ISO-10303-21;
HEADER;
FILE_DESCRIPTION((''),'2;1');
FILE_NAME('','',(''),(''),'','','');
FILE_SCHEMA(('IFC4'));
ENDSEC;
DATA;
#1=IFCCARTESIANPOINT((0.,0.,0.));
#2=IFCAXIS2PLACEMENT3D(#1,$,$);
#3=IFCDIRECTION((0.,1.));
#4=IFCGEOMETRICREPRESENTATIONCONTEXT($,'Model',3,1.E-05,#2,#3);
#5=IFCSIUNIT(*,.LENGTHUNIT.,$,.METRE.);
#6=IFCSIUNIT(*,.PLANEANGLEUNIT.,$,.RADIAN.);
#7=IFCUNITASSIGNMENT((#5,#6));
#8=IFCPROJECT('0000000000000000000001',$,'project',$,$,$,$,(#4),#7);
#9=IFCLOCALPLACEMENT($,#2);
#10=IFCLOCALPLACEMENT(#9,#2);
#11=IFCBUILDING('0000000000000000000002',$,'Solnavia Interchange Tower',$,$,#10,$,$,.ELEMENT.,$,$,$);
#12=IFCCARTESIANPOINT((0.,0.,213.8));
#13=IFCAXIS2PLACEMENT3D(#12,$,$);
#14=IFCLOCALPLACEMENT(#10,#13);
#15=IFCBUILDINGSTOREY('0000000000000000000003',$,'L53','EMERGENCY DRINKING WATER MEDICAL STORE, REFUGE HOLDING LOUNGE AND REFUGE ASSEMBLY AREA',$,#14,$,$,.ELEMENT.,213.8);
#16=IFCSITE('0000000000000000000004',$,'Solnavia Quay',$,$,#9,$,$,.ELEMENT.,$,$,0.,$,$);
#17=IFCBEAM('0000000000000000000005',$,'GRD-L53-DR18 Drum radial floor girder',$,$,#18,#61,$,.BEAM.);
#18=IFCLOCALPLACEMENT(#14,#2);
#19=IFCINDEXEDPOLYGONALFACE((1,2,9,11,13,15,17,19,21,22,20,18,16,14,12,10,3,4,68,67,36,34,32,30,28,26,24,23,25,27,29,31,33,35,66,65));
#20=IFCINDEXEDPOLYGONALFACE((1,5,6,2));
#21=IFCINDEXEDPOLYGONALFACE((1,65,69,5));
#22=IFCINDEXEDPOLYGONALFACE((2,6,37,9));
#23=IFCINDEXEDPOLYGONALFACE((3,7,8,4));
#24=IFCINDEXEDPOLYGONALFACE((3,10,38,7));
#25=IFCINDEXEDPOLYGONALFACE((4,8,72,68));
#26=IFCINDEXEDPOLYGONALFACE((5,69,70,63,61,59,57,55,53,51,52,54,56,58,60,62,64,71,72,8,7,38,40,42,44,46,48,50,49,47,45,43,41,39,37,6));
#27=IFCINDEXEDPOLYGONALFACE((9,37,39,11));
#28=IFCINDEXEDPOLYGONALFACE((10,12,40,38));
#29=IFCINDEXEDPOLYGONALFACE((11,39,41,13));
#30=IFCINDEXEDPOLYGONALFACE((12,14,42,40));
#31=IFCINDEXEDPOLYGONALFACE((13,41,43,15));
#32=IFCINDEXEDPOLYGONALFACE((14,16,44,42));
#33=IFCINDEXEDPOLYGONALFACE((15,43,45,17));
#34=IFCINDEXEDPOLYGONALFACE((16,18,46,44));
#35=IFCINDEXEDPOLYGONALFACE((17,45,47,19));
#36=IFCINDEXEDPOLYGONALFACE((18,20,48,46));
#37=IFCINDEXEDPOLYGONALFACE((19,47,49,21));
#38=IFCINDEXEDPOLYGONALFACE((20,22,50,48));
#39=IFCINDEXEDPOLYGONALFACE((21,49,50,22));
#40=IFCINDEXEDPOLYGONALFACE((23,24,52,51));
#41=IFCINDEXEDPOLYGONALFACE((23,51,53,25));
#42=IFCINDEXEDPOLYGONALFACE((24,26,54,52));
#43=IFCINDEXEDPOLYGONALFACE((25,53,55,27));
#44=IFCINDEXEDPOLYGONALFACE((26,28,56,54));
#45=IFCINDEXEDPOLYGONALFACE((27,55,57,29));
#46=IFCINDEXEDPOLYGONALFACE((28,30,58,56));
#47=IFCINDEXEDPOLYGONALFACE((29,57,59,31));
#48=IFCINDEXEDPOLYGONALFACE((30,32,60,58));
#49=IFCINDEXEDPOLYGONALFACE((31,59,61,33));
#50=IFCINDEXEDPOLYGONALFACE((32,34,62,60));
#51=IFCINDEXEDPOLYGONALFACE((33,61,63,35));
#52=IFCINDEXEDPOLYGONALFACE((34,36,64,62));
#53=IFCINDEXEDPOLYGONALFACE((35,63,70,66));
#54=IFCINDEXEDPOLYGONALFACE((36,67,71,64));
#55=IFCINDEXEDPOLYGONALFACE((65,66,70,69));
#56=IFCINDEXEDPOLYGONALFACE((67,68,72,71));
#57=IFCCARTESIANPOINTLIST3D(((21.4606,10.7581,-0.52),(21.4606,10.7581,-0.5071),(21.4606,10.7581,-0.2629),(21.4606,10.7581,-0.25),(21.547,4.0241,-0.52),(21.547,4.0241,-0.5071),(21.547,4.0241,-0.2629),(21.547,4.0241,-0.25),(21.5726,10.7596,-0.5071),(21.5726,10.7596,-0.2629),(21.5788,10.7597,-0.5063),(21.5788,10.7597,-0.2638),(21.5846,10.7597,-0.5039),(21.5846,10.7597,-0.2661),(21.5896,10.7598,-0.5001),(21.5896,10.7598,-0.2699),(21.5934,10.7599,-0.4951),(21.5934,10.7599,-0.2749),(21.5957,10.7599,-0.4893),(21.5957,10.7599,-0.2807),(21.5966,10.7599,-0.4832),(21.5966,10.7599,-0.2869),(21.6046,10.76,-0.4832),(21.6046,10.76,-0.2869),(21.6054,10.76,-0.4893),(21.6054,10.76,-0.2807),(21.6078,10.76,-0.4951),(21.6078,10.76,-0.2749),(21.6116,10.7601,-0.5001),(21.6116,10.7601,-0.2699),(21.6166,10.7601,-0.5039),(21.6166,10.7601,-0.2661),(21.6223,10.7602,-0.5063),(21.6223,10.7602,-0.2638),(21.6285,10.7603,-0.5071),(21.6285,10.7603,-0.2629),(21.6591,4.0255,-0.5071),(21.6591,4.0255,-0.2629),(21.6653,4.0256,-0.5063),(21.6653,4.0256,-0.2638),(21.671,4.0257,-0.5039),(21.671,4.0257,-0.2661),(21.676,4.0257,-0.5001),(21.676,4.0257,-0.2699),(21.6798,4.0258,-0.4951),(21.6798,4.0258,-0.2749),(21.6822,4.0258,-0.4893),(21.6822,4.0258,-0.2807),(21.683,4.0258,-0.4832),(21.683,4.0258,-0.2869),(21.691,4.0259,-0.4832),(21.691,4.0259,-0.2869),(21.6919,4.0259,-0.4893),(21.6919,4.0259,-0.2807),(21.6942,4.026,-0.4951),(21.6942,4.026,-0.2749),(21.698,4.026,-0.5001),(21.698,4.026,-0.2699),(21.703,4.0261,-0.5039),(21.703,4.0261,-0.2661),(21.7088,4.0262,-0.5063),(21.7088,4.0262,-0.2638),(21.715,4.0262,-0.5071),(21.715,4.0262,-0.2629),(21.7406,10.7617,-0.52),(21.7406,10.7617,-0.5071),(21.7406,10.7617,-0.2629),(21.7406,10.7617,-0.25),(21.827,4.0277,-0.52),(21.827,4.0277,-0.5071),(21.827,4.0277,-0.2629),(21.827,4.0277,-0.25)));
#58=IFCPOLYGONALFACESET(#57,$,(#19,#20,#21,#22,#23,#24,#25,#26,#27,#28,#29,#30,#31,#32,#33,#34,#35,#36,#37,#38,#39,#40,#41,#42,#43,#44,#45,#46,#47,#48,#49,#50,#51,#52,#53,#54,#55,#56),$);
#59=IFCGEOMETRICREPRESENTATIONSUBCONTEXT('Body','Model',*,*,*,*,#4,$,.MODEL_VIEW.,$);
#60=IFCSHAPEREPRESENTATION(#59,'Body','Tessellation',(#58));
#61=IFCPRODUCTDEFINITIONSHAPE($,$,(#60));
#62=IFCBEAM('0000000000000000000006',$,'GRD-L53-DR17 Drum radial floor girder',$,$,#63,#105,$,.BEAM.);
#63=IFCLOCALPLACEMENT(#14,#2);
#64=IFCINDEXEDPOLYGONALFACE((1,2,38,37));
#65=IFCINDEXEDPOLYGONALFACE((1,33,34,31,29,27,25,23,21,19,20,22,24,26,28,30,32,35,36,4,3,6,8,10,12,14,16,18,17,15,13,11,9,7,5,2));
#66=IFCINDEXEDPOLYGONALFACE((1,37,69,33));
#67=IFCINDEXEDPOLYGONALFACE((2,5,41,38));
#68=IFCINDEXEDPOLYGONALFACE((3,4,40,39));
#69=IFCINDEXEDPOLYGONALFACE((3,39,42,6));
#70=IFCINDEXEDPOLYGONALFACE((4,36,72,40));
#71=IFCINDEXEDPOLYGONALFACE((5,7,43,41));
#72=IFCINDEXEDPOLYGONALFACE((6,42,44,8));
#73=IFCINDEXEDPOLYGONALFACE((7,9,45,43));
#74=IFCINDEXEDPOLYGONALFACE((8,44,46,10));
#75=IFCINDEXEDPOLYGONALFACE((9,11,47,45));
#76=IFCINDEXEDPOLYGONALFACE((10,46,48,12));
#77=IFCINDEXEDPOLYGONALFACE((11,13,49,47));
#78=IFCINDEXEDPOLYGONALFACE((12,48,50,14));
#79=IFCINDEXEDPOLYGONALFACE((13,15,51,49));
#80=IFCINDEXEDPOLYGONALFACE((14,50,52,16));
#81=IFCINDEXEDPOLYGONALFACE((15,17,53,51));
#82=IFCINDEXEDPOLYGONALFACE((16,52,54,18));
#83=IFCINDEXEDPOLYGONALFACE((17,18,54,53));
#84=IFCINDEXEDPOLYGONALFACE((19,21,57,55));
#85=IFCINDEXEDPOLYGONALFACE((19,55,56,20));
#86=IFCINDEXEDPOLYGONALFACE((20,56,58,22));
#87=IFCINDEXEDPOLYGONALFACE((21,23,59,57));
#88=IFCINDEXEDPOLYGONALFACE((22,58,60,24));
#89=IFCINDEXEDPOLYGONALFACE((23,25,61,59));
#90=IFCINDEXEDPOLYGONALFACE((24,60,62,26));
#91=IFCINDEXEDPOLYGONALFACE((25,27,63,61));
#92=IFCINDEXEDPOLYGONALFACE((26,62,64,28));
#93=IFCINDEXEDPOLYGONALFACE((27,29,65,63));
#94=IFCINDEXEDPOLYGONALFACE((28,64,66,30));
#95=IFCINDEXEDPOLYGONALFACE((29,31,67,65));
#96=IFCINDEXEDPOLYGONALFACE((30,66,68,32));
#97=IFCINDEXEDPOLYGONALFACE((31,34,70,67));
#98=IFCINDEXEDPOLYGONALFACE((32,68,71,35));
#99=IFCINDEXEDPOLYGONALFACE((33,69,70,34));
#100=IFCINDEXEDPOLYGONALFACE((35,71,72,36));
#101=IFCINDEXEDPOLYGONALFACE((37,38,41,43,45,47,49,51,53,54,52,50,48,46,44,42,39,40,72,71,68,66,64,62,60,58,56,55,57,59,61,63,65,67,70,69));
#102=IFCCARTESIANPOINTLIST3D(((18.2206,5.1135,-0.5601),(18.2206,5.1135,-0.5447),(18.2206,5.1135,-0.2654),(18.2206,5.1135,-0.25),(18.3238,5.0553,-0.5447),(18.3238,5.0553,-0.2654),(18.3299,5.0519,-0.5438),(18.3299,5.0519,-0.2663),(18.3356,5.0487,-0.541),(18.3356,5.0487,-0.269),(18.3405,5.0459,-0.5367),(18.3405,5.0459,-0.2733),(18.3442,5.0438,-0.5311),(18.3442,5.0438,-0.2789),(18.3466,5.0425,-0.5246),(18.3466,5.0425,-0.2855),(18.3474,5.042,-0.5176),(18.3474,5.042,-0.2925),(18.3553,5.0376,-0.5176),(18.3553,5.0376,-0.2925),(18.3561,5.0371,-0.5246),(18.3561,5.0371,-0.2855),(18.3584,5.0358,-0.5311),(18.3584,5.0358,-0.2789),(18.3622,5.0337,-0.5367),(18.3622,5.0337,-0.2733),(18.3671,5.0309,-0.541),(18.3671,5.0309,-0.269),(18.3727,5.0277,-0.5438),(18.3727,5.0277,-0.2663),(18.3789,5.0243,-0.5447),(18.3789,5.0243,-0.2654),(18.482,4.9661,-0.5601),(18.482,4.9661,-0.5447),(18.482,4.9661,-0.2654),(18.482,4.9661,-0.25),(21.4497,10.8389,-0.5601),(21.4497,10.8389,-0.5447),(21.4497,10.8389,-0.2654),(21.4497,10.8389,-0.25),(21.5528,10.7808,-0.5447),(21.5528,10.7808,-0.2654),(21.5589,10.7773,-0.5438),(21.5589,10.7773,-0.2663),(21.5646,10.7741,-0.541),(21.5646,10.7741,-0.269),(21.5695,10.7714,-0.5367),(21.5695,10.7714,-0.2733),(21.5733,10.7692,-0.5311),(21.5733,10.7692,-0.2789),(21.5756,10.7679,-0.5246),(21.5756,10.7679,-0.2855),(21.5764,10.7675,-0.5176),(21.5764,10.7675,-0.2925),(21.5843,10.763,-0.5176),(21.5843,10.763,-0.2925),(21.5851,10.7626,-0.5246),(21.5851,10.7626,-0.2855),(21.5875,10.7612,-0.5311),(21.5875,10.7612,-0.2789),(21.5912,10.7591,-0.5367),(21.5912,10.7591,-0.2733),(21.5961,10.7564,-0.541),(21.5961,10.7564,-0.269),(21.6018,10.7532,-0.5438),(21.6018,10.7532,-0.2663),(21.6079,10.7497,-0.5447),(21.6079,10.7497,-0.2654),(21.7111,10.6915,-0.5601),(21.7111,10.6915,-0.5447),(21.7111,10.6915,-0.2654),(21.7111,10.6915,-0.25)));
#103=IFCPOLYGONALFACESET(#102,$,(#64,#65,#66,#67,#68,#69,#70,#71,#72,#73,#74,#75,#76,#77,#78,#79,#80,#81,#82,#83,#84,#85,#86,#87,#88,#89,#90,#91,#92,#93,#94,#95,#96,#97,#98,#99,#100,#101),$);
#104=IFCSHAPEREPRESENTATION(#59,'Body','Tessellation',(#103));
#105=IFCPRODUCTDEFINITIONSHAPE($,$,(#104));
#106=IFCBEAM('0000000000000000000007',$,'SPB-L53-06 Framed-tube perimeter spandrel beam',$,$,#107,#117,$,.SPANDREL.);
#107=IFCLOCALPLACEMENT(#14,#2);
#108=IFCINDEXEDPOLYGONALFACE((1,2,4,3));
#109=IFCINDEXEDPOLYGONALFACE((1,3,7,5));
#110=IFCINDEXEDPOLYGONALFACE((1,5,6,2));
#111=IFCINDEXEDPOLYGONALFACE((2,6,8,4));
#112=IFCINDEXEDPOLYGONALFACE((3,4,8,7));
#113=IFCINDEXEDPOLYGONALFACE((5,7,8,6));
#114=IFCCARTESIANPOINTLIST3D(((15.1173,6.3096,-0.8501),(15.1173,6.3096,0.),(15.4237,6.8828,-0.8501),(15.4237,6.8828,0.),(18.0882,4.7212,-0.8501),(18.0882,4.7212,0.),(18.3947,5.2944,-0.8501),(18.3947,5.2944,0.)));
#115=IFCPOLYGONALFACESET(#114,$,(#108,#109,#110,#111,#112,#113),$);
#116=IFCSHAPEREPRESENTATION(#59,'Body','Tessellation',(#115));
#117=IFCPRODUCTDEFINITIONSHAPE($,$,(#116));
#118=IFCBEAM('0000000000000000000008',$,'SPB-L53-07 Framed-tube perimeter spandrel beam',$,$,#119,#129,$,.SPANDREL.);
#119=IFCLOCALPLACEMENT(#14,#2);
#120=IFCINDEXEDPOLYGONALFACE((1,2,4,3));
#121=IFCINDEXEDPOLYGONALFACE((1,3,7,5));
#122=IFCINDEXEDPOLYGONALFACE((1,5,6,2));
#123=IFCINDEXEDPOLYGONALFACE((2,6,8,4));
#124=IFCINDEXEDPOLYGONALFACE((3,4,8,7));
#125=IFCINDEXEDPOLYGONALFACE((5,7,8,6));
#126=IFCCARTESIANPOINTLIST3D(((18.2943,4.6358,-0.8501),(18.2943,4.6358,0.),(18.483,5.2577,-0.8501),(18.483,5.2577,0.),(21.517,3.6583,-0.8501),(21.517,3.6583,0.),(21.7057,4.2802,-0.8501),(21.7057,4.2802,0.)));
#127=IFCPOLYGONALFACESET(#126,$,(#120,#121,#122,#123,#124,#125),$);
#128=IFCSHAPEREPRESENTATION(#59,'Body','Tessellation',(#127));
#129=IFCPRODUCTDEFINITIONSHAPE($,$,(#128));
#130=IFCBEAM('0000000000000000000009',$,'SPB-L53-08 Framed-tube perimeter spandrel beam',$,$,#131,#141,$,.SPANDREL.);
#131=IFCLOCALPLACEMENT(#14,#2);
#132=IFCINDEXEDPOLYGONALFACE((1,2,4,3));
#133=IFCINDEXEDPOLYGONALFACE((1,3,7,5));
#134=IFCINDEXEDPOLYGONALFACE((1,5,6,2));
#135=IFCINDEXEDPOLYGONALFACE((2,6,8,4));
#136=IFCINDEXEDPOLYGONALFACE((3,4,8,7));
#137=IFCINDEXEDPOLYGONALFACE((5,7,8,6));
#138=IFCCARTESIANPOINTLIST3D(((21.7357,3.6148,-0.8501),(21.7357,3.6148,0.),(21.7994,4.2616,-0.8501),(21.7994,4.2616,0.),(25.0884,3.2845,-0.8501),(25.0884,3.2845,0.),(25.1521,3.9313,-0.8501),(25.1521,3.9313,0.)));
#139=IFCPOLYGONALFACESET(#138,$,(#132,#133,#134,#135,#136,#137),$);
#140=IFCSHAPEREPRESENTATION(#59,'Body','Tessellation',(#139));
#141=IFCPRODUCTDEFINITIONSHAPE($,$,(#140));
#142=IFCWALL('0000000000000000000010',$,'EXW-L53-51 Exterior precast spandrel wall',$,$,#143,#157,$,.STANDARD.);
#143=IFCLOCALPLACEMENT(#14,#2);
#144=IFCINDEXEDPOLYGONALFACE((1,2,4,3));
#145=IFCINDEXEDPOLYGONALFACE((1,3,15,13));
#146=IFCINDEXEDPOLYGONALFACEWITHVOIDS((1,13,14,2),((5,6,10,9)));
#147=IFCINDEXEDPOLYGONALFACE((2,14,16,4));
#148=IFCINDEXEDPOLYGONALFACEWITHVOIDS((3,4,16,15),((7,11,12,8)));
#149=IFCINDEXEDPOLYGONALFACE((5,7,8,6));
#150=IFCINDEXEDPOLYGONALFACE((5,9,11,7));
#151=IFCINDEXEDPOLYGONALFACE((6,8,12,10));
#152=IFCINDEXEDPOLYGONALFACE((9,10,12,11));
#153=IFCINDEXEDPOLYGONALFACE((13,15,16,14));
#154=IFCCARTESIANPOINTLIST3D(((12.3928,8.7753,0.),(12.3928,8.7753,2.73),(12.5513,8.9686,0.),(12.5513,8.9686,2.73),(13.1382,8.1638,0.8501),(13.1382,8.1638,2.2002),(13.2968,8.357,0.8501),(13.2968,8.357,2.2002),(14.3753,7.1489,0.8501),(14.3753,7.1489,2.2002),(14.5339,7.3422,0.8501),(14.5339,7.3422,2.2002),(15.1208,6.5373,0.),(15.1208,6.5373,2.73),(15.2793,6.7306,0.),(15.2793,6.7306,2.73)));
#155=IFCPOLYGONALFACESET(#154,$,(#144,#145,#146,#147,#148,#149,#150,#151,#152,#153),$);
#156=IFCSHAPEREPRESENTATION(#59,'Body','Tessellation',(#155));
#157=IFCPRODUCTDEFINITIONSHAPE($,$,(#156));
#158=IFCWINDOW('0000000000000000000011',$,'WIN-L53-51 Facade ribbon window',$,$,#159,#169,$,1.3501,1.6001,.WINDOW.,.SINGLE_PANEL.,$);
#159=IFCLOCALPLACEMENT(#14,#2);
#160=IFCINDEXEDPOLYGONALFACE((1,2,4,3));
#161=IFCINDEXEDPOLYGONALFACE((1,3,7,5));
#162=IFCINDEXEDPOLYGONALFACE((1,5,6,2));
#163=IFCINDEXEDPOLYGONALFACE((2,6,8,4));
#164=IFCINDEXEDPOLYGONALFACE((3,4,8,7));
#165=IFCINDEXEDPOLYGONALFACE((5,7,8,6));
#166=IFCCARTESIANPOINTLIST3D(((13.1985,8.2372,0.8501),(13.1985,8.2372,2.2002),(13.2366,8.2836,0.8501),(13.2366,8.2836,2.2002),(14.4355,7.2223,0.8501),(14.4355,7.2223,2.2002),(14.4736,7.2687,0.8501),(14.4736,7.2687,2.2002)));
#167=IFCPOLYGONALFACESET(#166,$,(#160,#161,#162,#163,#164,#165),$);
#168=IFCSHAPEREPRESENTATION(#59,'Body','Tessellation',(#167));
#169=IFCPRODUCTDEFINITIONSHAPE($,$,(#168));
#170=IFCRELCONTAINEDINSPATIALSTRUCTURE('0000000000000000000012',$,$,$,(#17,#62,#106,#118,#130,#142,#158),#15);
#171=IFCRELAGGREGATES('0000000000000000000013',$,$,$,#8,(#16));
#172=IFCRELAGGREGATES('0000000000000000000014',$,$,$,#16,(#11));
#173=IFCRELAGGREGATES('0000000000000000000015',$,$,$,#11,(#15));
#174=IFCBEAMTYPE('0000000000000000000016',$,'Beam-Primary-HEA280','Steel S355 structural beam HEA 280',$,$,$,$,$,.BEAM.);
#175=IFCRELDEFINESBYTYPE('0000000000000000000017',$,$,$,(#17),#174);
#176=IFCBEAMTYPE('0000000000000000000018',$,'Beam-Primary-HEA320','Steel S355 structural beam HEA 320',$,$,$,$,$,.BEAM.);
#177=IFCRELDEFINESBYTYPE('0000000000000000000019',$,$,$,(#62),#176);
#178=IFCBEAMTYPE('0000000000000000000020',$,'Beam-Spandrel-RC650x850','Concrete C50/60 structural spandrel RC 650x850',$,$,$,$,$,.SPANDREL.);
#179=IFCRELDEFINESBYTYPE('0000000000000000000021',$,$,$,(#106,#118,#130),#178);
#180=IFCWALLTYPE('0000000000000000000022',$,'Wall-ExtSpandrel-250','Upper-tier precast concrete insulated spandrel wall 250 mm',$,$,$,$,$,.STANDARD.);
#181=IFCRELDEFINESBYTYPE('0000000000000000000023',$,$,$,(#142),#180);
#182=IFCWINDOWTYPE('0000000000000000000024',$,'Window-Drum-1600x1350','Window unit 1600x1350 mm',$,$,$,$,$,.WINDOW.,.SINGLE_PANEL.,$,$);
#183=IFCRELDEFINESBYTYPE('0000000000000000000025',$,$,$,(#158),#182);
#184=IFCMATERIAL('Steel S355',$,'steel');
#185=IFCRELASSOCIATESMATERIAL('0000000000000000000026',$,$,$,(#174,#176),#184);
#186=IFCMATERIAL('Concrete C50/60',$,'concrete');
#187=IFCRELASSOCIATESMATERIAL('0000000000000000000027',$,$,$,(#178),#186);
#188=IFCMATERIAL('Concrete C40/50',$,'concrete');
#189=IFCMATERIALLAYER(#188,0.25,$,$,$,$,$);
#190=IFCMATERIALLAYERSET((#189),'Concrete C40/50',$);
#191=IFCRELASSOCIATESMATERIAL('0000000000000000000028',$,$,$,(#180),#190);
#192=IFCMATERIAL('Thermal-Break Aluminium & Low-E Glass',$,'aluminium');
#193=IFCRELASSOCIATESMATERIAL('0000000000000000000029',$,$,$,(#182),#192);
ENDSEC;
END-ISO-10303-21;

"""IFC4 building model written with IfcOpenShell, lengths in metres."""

from ifc_helpers import new_model, si_unit, direction, frame, frame_2d, origin, origin_2d, place, context, subcontext, project, spatial, rectangle, i_section, extrude, material, layer, layer_set, material_profile, profile_set, type_object, element, fill, save


model = new_model("IFC4")

# Units and contexts
model_context = context("Model", 3, precision=1e-05, world=origin(), true_north=direction((0.0, 1.0)))
body_context = subcontext(model_context, "Body", "Model", "MODEL_VIEW")
ifc_project = project(units=[si_unit("LENGTHUNIT", "METRE"), si_unit("PLANEANGLEUNIT", "RADIAN")], contexts=[model_context])

# Site, building, storey
site_placement = place(None, origin())
site = spatial("IfcSite", under=ifc_project, at=site_placement, Name="Solnavia Quay", CompositionType="ELEMENT", RefElevation=0.0)
building_placement = place(site_placement, origin())
building = spatial("IfcBuilding", under=site, at=building_placement, Name="Solnavia Interchange Tower", CompositionType="ELEMENT")
storey_placement = place(building_placement, frame((0.0, 0.0, 213.8)))
storey = spatial("IfcBuildingStorey", under=building, at=storey_placement, Name="L53", Description="EMERGENCY DRINKING WATER MEDICAL STORE, REFUGE HOLDING LOUNGE AND REFUGE ASSEMBLY AREA", CompositionType="ELEMENT", Elevation=213.8)

# Shared definitions
ifc_material_1 = material(Name="Concrete C50/60", Category="concrete")

# Beams
ifc_material_2 = material(Name="Steel S355", Category="steel")
ifc_material_profile_1 = material_profile(ifc_material_2, i_section(OverallWidth=0.28, OverallDepth=0.27, WebThickness=0.0081, FlangeThickness=0.0129, FilletRadius=0.0239, at=origin_2d()), Name="HEA 280")
ifc_profile_set_1 = profile_set([ifc_material_profile_1], Name="Steel S355")
beam_type_1 = type_object("IfcBeamType", Name="Beam-Primary-HEA280", Description="Steel S355 structural beam HEA 280", PredefinedType="BEAM", material=ifc_profile_set_1)
beam_1_placement = place(storey_placement, frame((21.687, 4.0259, -0.385), z_axis=(-0.012833, 0.999918, 0.0), x_axis=(-0.999918, -0.012833, 0.0)))
element("IfcBeam", 1, at=beam_1_placement, inside=storey, type_object=beam_type_1, Name="GRD-L53-DR18 Drum radial floor girder", PredefinedType="BEAM", context=body_context, shape_type="SweptSolid", body=[
    extrude(i_section(OverallWidth=0.28, OverallDepth=0.27, WebThickness=0.0081, FlangeThickness=0.0129, FilletRadius=0.0239, at=origin_2d()), origin(), (0.0, 0.0, 1.0), 6.7346),
])
ifc_material_profile_2 = material_profile(ifc_material_2, i_section(OverallWidth=0.3, OverallDepth=0.3101, WebThickness=0.009, FlangeThickness=0.0154, FilletRadius=0.0271, at=origin_2d()), Name="HEA 320")
ifc_profile_set_2 = profile_set([ifc_material_profile_2], Name="Steel S355")
beam_type_2 = type_object("IfcBeamType", Name="Beam-Primary-HEA320", Description="Steel S355 structural beam HEA 320", PredefinedType="BEAM", material=ifc_profile_set_2)
beam_2_placement = place(storey_placement, frame((18.3513, 5.0398, -0.405), z_axis=(0.491243, 0.871022, 0.0), x_axis=(-0.871022, 0.491243, 0.0)))
element("IfcBeam", 2, at=beam_2_placement, inside=storey, type_object=beam_type_2, Name="GRD-L53-DR17 Drum radial floor girder", PredefinedType="BEAM", context=body_context, shape_type="SweptSolid", body=[
    extrude(i_section(OverallWidth=0.3, OverallDepth=0.3101, WebThickness=0.009, FlangeThickness=0.0154, FilletRadius=0.0271, at=origin_2d()), origin(), (0.0, 0.0, 1.0), 6.5732),
])
ifc_material_profile_3 = material_profile(ifc_material_1, rectangle(XDim=0.6499, YDim=0.8501, at=origin_2d()), Name="RC 650x850")
ifc_profile_set_3 = profile_set([ifc_material_profile_3], Name="Concrete C50/60")
beam_type_3 = type_object("IfcBeamType", Name="Beam-Spandrel-RC650x850", Description="Concrete C50/60 structural spandrel RC 650x850", PredefinedType="SPANDREL", material=ifc_profile_set_3)
beam_3_placement = place(storey_placement, frame((15.2705, 6.5962, -0.425), z_axis=(0.881875, -0.471483, 0.0), x_axis=(0.471483, 0.881875, 0.0)))
element("IfcBeam", 3, at=beam_3_placement, inside=storey, type_object=beam_type_3, Name="SPB-L53-06 Framed-tube perimeter spandrel beam", PredefinedType="SPANDREL", context=body_context, shape_type="SweptSolid", body=[
    extrude(rectangle(XDim=0.6499, YDim=0.8501, at=origin_2d()), origin(), (0.0, 0.0, 1.0), 3.3689),
])
beam_4_placement = place(storey_placement, frame((18.3887, 4.9468, -0.425), z_axis=(0.956944, -0.290273, 0.0), x_axis=(0.290273, 0.956944, 0.0)))
element("IfcBeam", 4, at=beam_4_placement, inside=storey, type_object=beam_type_3, Name="SPB-L53-07 Framed-tube perimeter spandrel beam", PredefinedType="SPANDREL", context=body_context, shape_type="SweptSolid", body=[
    extrude(rectangle(XDim=0.6499, YDim=0.8501, at=origin_2d()), origin(), (0.0, 0.0, 1.0), 3.3677),
])
beam_5_placement = place(storey_placement, frame((21.7676, 3.9382, -0.425), z_axis=(0.995182, -0.098047, 0.0), x_axis=(0.098047, 0.995182, 0.0)))
element("IfcBeam", 5, at=beam_5_placement, inside=storey, type_object=beam_type_3, Name="SPB-L53-08 Framed-tube perimeter spandrel beam", PredefinedType="SPANDREL", context=body_context, shape_type="SweptSolid", body=[
    extrude(rectangle(XDim=0.6499, YDim=0.8501, at=origin_2d()), origin(), (0.0, 0.0, 1.0), 3.3689),
])

# Wall, opening, window
ifc_material_3 = material(Name="Concrete C40/50", Category="concrete")
ifc_layer_1 = layer(ifc_material_3, 0.25)
ifc_layer_set_1 = layer_set([ifc_layer_1], Name="Concrete C40/50")
wall_type_1 = type_object("IfcWallType", Name="Wall-ExtSpandrel-250", Description="Upper-tier precast concrete insulated spandrel wall 250 mm", PredefinedType="STANDARD", material=ifc_layer_set_1)
wall_1_placement = place(storey_placement, frame((15.2, 6.634, 0.0), z_axis=(0.0, 0.0, 1.0), x_axis=(-0.773121, 0.634258, 0.0)))
wall_1 = element("IfcWall", 6, at=wall_1_placement, inside=storey, type_object=wall_type_1, Name="EXW-L53-51 Exterior precast spandrel wall", PredefinedType="STANDARD", context=body_context, shape_type="SweptSolid", body=[
    extrude(rectangle(XDim=3.5286, YDim=0.25, at=frame_2d((1.7642, 0.0))), origin(), (0.0, 0.0, 1.0), 2.73),
])
opening_1_placement = place(wall_1_placement, frame((0.9641, 0.0, 0.8501)))
opening_1 = element("IfcOpeningElement", 7, at=opening_1_placement, cuts=wall_1, PredefinedType="OPENING", context=body_context, shape_type="SweptSolid", body=[
    extrude(rectangle(XDim=1.6001, YDim=1.3501, at=frame_2d((0.8, 0.675))), frame((0.0, 0.135, 0.0), z_axis=(0.0, -1.0, 0.0), x_axis=(1.0, 0.0, 0.0)), (0.0, 0.0, 1.0), 0.27),
])
ifc_material_4 = material(Name="Thermal-Break Aluminium & Low-E Glass", Category="aluminium")
window_type = type_object("IfcWindowType", Name="Window-Drum-1600x1350", Description="Window unit 1600x1350 mm", PartitioningType="SINGLE_PANEL", PredefinedType="WINDOW", material=ifc_material_4)
window_1_placement = place(opening_1_placement, origin())
window_1 = element("IfcWindow", 8, at=window_1_placement, inside=storey, type_object=window_type, Name="WIN-L53-51 Facade ribbon window", OverallHeight=1.3501, OverallWidth=1.6001, PartitioningType="SINGLE_PANEL", PredefinedType="WINDOW", context=body_context, shape_type="SweptSolid", body=[
    extrude(rectangle(XDim=1.6001, YDim=1.3501, at=frame_2d((0.8, 0.675))), frame((0.0, 0.03, 0.0), z_axis=(0.0, -1.0, 0.0), x_axis=(1.0, 0.0, 0.0)), (0.0, 0.0, 1.0), 0.0601),
])
fill(opening_1, window_1)

save(model, "model.ifc")
